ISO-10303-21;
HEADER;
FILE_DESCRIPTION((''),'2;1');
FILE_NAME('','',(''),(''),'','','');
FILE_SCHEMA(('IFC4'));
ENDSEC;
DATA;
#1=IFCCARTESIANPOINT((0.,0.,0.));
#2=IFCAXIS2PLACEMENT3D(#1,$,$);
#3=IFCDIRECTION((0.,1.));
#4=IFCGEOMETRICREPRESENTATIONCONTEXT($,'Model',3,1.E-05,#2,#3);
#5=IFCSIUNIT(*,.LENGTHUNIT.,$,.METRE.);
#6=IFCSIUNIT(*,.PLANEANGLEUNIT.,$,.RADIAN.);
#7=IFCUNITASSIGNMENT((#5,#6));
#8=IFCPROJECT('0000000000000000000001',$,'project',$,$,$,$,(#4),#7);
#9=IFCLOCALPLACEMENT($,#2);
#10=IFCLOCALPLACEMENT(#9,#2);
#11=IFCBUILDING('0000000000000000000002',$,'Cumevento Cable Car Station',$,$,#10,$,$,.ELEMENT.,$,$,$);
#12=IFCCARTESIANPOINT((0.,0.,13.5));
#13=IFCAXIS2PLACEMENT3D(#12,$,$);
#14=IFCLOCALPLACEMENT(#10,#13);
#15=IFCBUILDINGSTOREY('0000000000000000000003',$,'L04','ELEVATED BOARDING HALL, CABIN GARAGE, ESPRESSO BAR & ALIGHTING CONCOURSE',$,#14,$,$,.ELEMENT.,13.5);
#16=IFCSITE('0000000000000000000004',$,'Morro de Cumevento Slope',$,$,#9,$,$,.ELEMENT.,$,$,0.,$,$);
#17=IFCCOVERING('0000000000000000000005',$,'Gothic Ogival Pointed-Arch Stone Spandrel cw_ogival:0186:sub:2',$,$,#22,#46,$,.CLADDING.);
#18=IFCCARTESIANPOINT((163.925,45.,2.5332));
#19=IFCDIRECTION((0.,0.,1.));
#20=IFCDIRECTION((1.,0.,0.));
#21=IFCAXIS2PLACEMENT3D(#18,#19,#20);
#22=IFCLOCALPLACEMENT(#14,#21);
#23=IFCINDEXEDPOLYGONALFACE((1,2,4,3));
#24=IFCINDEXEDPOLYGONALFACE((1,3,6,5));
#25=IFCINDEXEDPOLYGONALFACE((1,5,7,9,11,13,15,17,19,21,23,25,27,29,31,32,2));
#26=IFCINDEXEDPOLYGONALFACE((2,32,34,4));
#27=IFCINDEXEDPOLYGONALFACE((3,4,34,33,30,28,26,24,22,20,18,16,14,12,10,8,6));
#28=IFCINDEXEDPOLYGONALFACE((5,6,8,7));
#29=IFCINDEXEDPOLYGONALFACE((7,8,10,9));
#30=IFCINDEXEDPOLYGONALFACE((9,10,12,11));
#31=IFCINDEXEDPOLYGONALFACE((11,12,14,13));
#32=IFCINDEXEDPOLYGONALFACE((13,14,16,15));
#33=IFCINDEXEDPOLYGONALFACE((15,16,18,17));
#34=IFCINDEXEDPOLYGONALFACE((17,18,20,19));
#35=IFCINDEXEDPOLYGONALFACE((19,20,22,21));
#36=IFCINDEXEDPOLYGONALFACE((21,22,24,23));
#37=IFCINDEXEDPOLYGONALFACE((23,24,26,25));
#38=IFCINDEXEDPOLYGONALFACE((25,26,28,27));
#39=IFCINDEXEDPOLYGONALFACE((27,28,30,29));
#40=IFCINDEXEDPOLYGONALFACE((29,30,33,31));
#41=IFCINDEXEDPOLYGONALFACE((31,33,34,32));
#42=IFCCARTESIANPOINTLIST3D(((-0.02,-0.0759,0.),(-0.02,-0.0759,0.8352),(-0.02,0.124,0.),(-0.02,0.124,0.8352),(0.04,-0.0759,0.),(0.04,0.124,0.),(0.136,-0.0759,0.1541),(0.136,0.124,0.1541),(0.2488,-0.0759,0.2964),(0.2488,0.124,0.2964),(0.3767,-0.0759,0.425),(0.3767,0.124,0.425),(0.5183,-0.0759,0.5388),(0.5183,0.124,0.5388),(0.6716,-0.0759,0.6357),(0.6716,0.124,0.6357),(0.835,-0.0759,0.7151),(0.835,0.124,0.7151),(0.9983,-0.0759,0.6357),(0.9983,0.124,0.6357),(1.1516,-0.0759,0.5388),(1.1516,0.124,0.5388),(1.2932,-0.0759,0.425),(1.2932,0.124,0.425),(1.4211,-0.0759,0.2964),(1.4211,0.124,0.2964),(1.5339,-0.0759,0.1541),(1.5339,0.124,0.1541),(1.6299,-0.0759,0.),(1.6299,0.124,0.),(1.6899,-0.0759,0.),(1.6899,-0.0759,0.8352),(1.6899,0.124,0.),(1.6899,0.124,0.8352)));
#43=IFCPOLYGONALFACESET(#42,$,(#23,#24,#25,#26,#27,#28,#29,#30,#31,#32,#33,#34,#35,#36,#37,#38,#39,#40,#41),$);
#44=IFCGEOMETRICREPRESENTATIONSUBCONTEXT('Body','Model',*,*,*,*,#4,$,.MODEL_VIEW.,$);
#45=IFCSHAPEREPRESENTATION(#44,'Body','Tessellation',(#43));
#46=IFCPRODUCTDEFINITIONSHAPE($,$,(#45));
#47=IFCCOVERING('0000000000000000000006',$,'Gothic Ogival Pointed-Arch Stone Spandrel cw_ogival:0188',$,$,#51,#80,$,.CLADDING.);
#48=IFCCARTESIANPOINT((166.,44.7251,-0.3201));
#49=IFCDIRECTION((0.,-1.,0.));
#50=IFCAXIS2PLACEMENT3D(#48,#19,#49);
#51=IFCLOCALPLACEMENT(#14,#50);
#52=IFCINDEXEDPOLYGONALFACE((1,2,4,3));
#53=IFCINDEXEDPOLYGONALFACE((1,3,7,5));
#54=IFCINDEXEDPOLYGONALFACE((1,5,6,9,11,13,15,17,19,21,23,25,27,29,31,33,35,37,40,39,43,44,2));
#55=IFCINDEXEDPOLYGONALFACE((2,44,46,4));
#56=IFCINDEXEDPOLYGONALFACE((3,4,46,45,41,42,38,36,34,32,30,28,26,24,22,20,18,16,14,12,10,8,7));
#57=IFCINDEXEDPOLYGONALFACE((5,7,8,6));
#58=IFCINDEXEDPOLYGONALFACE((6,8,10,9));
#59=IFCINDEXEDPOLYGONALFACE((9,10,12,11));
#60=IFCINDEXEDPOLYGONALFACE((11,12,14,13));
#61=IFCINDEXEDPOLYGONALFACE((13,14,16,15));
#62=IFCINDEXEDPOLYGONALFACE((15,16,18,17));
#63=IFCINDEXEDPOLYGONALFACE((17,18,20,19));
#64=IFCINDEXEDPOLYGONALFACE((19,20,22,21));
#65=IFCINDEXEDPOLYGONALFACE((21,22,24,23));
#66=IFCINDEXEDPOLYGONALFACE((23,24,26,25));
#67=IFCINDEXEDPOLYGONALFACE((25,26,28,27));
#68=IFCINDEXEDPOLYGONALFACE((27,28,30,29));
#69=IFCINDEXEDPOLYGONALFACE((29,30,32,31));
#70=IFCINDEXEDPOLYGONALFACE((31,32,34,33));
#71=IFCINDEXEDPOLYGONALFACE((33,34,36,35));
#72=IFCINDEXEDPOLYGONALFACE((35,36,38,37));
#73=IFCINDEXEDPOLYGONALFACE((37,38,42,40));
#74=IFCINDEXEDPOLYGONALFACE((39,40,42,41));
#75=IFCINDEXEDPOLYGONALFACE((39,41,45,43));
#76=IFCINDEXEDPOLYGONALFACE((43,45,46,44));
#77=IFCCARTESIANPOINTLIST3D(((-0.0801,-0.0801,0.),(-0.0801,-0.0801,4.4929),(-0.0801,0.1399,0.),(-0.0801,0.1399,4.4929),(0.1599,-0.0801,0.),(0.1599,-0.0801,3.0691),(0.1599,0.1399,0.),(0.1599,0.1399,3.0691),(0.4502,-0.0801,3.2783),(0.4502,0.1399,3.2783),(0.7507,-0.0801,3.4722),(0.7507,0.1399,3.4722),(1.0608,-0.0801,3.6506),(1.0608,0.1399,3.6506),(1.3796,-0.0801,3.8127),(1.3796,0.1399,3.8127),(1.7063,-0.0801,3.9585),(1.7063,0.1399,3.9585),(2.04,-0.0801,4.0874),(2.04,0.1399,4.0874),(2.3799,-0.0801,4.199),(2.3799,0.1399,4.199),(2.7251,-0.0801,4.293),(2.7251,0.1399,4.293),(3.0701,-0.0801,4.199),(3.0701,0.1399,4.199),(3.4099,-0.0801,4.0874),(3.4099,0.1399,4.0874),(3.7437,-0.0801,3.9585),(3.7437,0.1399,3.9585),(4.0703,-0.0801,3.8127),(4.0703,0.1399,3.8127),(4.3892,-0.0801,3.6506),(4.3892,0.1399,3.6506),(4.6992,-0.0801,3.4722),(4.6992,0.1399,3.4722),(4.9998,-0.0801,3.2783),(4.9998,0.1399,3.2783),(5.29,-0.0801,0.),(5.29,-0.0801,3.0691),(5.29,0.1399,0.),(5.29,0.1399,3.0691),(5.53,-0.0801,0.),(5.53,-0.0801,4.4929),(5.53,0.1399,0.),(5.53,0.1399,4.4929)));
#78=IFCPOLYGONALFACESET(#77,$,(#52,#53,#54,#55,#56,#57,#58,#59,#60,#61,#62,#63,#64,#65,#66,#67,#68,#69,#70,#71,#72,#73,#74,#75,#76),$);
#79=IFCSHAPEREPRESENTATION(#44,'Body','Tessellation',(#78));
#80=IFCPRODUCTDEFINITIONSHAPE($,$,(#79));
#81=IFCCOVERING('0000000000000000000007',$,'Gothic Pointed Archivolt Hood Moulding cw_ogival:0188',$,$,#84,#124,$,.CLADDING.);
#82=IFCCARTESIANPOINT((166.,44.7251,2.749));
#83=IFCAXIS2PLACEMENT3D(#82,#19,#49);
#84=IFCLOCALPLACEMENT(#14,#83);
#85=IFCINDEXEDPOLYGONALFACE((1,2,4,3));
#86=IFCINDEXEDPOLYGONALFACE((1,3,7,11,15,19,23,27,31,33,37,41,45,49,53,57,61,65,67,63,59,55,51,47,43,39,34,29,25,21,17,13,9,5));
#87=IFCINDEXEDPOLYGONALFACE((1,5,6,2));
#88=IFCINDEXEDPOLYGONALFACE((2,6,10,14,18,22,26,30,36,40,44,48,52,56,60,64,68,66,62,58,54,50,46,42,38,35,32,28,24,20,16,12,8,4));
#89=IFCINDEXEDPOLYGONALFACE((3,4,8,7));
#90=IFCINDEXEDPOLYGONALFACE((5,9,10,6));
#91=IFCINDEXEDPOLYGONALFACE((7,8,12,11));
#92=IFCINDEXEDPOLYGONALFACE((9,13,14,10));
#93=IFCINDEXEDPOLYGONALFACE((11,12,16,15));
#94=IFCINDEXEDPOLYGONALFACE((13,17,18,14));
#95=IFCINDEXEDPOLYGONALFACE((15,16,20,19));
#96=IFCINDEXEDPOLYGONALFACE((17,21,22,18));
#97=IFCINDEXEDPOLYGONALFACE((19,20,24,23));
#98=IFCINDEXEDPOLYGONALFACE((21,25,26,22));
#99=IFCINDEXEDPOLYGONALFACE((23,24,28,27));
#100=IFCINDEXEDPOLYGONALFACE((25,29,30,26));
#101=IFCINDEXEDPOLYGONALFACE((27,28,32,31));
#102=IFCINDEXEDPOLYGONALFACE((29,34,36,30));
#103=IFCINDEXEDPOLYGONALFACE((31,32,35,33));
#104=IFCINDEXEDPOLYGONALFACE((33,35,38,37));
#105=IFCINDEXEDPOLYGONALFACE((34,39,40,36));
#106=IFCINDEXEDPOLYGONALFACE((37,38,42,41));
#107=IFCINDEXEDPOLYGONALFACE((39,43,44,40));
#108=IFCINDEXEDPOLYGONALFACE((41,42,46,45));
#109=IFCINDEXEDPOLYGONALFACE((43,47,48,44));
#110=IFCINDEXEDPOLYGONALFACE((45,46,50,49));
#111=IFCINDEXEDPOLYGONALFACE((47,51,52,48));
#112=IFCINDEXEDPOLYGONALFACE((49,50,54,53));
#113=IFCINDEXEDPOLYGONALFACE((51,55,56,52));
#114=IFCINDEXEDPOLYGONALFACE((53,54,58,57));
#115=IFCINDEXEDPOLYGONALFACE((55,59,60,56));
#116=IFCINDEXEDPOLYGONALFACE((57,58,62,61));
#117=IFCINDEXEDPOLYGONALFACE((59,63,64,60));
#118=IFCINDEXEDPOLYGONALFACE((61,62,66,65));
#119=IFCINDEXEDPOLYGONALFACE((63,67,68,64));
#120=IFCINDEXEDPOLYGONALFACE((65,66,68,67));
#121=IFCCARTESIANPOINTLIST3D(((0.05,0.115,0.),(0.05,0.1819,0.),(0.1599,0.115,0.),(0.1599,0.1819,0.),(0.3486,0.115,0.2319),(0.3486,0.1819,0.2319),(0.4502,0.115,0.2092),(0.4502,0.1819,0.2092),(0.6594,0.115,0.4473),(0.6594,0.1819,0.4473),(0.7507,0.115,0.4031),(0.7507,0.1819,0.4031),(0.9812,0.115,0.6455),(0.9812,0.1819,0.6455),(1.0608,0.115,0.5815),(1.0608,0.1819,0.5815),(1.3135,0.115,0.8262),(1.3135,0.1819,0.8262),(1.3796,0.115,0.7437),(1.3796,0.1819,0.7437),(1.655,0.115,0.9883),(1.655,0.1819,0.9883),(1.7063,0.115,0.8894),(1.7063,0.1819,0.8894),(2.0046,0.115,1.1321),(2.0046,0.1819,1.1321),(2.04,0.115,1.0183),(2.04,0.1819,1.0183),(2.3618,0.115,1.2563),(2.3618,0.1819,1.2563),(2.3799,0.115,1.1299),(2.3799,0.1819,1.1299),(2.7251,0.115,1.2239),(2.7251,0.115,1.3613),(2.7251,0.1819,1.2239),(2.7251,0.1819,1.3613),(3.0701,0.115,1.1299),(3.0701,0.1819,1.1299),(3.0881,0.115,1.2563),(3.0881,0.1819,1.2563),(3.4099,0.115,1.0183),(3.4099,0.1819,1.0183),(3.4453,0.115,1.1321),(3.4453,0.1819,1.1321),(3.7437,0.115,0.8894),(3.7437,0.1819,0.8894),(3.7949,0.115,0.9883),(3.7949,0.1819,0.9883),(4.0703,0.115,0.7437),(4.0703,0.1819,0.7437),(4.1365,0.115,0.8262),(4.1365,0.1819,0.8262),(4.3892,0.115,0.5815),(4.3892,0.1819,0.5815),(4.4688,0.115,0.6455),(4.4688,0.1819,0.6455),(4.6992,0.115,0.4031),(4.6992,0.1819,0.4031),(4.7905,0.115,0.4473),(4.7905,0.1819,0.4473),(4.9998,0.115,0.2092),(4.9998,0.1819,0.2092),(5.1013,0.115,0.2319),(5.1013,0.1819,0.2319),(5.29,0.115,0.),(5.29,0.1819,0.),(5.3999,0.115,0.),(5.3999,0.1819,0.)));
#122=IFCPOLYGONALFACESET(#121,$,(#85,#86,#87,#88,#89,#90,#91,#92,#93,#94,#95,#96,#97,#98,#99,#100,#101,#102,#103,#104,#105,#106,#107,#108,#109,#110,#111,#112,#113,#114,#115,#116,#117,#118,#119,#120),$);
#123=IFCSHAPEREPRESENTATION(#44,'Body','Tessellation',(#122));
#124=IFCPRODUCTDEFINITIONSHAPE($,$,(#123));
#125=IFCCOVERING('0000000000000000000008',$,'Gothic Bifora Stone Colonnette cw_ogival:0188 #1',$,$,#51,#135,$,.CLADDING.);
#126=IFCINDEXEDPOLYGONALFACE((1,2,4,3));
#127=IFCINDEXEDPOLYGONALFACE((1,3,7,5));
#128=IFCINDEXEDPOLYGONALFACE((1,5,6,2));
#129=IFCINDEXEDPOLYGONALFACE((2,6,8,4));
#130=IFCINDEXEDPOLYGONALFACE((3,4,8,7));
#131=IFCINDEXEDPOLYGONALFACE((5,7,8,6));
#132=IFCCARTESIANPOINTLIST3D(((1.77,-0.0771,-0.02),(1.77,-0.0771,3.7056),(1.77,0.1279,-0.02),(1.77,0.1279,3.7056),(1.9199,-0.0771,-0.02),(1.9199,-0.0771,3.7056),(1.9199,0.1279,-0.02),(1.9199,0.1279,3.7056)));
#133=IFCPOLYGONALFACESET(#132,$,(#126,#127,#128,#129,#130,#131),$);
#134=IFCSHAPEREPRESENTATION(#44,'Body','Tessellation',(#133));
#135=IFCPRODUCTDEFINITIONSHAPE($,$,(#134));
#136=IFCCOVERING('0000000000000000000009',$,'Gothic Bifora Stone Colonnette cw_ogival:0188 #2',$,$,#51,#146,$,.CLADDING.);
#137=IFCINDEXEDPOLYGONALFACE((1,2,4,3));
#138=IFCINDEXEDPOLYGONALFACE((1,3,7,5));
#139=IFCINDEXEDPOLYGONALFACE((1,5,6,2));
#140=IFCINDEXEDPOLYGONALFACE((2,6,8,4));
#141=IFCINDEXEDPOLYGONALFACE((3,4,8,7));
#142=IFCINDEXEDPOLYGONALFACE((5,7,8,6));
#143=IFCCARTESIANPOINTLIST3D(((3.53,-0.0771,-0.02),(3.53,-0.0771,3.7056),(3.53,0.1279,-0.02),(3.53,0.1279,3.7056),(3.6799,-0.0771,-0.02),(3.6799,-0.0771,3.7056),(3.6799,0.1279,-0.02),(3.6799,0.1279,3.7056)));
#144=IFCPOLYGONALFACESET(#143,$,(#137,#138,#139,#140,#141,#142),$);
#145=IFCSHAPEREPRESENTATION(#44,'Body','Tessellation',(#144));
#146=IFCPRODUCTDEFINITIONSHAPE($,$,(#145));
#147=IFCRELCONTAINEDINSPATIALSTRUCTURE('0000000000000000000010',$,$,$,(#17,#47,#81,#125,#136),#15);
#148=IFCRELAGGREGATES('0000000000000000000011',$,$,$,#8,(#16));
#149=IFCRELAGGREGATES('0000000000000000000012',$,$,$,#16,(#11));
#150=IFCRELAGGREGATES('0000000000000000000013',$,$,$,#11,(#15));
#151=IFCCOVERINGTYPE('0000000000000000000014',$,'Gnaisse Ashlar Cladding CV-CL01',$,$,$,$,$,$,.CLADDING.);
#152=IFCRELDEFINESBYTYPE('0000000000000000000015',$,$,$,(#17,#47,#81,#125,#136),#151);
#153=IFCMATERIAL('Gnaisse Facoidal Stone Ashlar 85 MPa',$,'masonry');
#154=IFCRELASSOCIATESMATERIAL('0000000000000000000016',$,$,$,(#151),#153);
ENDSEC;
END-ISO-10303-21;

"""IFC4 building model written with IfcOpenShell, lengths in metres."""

from ifc_helpers import new_model, si_unit, direction, frame, origin, place, context, subcontext, project, spatial, polyline, outline, extrude, material, type_object, element, save


model = new_model("IFC4")

# Units and contexts
model_context = context("Model", 3, precision=1e-05, world=origin(), true_north=direction((0.0, 1.0)))
body_context = subcontext(model_context, "Body", "Model", "MODEL_VIEW")
ifc_project = project(units=[si_unit("LENGTHUNIT", "METRE"), si_unit("PLANEANGLEUNIT", "RADIAN")], contexts=[model_context])

# Site, building, storey
site_placement = place(None, origin())
site = spatial("IfcSite", under=ifc_project, at=site_placement, Name="Morro de Cumevento Slope", CompositionType="ELEMENT", RefElevation=0.0)
building_placement = place(site_placement, origin())
building = spatial("IfcBuilding", under=site, at=building_placement, Name="Cumevento Cable Car Station", CompositionType="ELEMENT")
storey_placement = place(building_placement, frame((0.0, 0.0, 13.5)))
storey = spatial("IfcBuildingStorey", under=building, at=storey_placement, Name="L04", Description="ELEVATED BOARDING HALL, CABIN GARAGE, ESPRESSO BAR & ALIGHTING CONCOURSE", CompositionType="ELEMENT", Elevation=13.5)

# Coverings
ifc_material_1 = material(Name="Gnaisse Facoidal Stone Ashlar 85 MPa", Category="masonry")
covering_type = type_object("IfcCoveringType", Name="Gnaisse Ashlar Cladding CV-CL01", PredefinedType="CLADDING", material=ifc_material_1)
covering_1_placement = place(storey_placement, frame((163.925, 45.0, 2.5332), z_axis=(0.0, 0.0, 1.0), x_axis=(1.0, 0.0, 0.0)))
element("IfcCovering", 1, at=covering_1_placement, inside=storey, type_object=covering_type, Name="Gothic Ogival Pointed-Arch Stone Spandrel cw_ogival:0186:sub:2", PredefinedType="CLADDING", context=body_context, shape_type="SweptSolid", body=[
    extrude(outline(polyline([(-0.02, 0.0), (-0.02, 0.8352), (1.6899, 0.8352), (1.6899, 0.0), (1.6299, 0.0), (1.5339, 0.1541), (1.4211, 0.2964), (1.2932, 0.425), (1.1516, 0.5388), (0.9983, 0.6357), (0.835, 0.7151), (0.6716, 0.6357), (0.5183, 0.5388), (0.3767, 0.425), (0.2488, 0.2964), (0.136, 0.1541), (0.04, 0.0), (-0.02, 0.0)])), frame((0.0, 0.124, 0.0), z_axis=(0.0, -1.0, 0.0), x_axis=(1.0, 0.0, 0.0)), (0.0, 0.0, 1.0), 0.2),
])
placement = place(storey_placement, frame((166.0, 44.7251, -0.3201), z_axis=(0.0, 0.0, 1.0), x_axis=(0.0, -1.0, 0.0)))
element("IfcCovering", 2, at=placement, inside=storey, type_object=covering_type, Name="Gothic Ogival Pointed-Arch Stone Spandrel cw_ogival:0188", PredefinedType="CLADDING", context=body_context, shape_type="SweptSolid", body=[
    extrude(outline(polyline([(-0.0801, 0.0), (-0.0801, 4.4929), (5.53, 4.4929), (5.53, 0.0), (5.29, 0.0), (5.29, 3.0691), (4.9998, 3.2783), (4.6992, 3.4722), (4.3892, 3.6506), (4.0703, 3.8127), (3.7437, 3.9585), (3.4099, 4.0874), (3.0701, 4.199), (2.7251, 4.293), (2.3799, 4.199), (2.04, 4.0874), (1.7063, 3.9585), (1.3796, 3.8127), (1.0608, 3.6506), (0.7507, 3.4722), (0.4502, 3.2783), (0.1599, 3.0691), (0.1599, 0.0), (-0.0801, 0.0)])), frame((0.0, 0.1399, 0.0), z_axis=(0.0, -1.0, 0.0), x_axis=(1.0, 0.0, 0.0)), (0.0, 0.0, 1.0), 0.22),
])
covering_2_placement = place(storey_placement, frame((166.0, 44.7251, 2.749), z_axis=(0.0, 0.0, 1.0), x_axis=(0.0, -1.0, 0.0)))
element("IfcCovering", 3, at=covering_2_placement, inside=storey, type_object=covering_type, Name="Gothic Pointed Archivolt Hood Moulding cw_ogival:0188", PredefinedType="CLADDING", context=body_context, shape_type="SweptSolid", body=[
    extrude(outline(polyline([(0.1599, 0.0), (0.4502, 0.2092), (0.7507, 0.4031), (1.0608, 0.5815), (1.3796, 0.7437), (1.7063, 0.8894), (2.04, 1.0183), (2.3799, 1.1299), (2.7251, 1.2239), (3.0701, 1.1299), (3.4099, 1.0183), (3.7437, 0.8894), (4.0703, 0.7437), (4.3892, 0.5815), (4.6992, 0.4031), (4.9998, 0.2092), (5.29, 0.0), (5.3999, 0.0), (5.1013, 0.2319), (4.7905, 0.4473), (4.4688, 0.6455), (4.1365, 0.8262), (3.7949, 0.9883), (3.4453, 1.1321), (3.0881, 1.2563), (2.7251, 1.3613), (2.3618, 1.2563), (2.0046, 1.1321), (1.655, 0.9883), (1.3135, 0.8262), (0.9812, 0.6455), (0.6594, 0.4473), (0.3486, 0.2319), (0.05, 0.0), (0.1599, 0.0)])), frame((0.0, 0.1819, 0.0), z_axis=(0.0, -1.0, 0.0), x_axis=(1.0, 0.0, 0.0)), (0.0, 0.0, 1.0), 0.0669),
])
element("IfcCovering", 4, at=placement, inside=storey, type_object=covering_type, Name="Gothic Bifora Stone Colonnette cw_ogival:0188 #1", PredefinedType="CLADDING", context=body_context, shape_type="SweptSolid", body=[
    extrude(outline(polyline([(1.77, -0.02), (1.9199, -0.02), (1.9199, 3.7056), (1.77, 3.7056), (1.77, -0.02)])), frame((0.0, 0.1279, 0.0), z_axis=(0.0, -1.0, 0.0), x_axis=(1.0, 0.0, 0.0)), (0.0, 0.0, 1.0), 0.2051),
])
element("IfcCovering", 5, at=placement, inside=storey, type_object=covering_type, Name="Gothic Bifora Stone Colonnette cw_ogival:0188 #2", PredefinedType="CLADDING", context=body_context, shape_type="SweptSolid", body=[
    extrude(outline(polyline([(3.53, -0.02), (3.6799, -0.02), (3.6799, 3.7056), (3.53, 3.7056), (3.53, -0.02)])), frame((0.0, 0.1279, 0.0), z_axis=(0.0, -1.0, 0.0), x_axis=(1.0, 0.0, 0.0)), (0.0, 0.0, 1.0), 0.2051),
])

save(model, "model.ifc")
